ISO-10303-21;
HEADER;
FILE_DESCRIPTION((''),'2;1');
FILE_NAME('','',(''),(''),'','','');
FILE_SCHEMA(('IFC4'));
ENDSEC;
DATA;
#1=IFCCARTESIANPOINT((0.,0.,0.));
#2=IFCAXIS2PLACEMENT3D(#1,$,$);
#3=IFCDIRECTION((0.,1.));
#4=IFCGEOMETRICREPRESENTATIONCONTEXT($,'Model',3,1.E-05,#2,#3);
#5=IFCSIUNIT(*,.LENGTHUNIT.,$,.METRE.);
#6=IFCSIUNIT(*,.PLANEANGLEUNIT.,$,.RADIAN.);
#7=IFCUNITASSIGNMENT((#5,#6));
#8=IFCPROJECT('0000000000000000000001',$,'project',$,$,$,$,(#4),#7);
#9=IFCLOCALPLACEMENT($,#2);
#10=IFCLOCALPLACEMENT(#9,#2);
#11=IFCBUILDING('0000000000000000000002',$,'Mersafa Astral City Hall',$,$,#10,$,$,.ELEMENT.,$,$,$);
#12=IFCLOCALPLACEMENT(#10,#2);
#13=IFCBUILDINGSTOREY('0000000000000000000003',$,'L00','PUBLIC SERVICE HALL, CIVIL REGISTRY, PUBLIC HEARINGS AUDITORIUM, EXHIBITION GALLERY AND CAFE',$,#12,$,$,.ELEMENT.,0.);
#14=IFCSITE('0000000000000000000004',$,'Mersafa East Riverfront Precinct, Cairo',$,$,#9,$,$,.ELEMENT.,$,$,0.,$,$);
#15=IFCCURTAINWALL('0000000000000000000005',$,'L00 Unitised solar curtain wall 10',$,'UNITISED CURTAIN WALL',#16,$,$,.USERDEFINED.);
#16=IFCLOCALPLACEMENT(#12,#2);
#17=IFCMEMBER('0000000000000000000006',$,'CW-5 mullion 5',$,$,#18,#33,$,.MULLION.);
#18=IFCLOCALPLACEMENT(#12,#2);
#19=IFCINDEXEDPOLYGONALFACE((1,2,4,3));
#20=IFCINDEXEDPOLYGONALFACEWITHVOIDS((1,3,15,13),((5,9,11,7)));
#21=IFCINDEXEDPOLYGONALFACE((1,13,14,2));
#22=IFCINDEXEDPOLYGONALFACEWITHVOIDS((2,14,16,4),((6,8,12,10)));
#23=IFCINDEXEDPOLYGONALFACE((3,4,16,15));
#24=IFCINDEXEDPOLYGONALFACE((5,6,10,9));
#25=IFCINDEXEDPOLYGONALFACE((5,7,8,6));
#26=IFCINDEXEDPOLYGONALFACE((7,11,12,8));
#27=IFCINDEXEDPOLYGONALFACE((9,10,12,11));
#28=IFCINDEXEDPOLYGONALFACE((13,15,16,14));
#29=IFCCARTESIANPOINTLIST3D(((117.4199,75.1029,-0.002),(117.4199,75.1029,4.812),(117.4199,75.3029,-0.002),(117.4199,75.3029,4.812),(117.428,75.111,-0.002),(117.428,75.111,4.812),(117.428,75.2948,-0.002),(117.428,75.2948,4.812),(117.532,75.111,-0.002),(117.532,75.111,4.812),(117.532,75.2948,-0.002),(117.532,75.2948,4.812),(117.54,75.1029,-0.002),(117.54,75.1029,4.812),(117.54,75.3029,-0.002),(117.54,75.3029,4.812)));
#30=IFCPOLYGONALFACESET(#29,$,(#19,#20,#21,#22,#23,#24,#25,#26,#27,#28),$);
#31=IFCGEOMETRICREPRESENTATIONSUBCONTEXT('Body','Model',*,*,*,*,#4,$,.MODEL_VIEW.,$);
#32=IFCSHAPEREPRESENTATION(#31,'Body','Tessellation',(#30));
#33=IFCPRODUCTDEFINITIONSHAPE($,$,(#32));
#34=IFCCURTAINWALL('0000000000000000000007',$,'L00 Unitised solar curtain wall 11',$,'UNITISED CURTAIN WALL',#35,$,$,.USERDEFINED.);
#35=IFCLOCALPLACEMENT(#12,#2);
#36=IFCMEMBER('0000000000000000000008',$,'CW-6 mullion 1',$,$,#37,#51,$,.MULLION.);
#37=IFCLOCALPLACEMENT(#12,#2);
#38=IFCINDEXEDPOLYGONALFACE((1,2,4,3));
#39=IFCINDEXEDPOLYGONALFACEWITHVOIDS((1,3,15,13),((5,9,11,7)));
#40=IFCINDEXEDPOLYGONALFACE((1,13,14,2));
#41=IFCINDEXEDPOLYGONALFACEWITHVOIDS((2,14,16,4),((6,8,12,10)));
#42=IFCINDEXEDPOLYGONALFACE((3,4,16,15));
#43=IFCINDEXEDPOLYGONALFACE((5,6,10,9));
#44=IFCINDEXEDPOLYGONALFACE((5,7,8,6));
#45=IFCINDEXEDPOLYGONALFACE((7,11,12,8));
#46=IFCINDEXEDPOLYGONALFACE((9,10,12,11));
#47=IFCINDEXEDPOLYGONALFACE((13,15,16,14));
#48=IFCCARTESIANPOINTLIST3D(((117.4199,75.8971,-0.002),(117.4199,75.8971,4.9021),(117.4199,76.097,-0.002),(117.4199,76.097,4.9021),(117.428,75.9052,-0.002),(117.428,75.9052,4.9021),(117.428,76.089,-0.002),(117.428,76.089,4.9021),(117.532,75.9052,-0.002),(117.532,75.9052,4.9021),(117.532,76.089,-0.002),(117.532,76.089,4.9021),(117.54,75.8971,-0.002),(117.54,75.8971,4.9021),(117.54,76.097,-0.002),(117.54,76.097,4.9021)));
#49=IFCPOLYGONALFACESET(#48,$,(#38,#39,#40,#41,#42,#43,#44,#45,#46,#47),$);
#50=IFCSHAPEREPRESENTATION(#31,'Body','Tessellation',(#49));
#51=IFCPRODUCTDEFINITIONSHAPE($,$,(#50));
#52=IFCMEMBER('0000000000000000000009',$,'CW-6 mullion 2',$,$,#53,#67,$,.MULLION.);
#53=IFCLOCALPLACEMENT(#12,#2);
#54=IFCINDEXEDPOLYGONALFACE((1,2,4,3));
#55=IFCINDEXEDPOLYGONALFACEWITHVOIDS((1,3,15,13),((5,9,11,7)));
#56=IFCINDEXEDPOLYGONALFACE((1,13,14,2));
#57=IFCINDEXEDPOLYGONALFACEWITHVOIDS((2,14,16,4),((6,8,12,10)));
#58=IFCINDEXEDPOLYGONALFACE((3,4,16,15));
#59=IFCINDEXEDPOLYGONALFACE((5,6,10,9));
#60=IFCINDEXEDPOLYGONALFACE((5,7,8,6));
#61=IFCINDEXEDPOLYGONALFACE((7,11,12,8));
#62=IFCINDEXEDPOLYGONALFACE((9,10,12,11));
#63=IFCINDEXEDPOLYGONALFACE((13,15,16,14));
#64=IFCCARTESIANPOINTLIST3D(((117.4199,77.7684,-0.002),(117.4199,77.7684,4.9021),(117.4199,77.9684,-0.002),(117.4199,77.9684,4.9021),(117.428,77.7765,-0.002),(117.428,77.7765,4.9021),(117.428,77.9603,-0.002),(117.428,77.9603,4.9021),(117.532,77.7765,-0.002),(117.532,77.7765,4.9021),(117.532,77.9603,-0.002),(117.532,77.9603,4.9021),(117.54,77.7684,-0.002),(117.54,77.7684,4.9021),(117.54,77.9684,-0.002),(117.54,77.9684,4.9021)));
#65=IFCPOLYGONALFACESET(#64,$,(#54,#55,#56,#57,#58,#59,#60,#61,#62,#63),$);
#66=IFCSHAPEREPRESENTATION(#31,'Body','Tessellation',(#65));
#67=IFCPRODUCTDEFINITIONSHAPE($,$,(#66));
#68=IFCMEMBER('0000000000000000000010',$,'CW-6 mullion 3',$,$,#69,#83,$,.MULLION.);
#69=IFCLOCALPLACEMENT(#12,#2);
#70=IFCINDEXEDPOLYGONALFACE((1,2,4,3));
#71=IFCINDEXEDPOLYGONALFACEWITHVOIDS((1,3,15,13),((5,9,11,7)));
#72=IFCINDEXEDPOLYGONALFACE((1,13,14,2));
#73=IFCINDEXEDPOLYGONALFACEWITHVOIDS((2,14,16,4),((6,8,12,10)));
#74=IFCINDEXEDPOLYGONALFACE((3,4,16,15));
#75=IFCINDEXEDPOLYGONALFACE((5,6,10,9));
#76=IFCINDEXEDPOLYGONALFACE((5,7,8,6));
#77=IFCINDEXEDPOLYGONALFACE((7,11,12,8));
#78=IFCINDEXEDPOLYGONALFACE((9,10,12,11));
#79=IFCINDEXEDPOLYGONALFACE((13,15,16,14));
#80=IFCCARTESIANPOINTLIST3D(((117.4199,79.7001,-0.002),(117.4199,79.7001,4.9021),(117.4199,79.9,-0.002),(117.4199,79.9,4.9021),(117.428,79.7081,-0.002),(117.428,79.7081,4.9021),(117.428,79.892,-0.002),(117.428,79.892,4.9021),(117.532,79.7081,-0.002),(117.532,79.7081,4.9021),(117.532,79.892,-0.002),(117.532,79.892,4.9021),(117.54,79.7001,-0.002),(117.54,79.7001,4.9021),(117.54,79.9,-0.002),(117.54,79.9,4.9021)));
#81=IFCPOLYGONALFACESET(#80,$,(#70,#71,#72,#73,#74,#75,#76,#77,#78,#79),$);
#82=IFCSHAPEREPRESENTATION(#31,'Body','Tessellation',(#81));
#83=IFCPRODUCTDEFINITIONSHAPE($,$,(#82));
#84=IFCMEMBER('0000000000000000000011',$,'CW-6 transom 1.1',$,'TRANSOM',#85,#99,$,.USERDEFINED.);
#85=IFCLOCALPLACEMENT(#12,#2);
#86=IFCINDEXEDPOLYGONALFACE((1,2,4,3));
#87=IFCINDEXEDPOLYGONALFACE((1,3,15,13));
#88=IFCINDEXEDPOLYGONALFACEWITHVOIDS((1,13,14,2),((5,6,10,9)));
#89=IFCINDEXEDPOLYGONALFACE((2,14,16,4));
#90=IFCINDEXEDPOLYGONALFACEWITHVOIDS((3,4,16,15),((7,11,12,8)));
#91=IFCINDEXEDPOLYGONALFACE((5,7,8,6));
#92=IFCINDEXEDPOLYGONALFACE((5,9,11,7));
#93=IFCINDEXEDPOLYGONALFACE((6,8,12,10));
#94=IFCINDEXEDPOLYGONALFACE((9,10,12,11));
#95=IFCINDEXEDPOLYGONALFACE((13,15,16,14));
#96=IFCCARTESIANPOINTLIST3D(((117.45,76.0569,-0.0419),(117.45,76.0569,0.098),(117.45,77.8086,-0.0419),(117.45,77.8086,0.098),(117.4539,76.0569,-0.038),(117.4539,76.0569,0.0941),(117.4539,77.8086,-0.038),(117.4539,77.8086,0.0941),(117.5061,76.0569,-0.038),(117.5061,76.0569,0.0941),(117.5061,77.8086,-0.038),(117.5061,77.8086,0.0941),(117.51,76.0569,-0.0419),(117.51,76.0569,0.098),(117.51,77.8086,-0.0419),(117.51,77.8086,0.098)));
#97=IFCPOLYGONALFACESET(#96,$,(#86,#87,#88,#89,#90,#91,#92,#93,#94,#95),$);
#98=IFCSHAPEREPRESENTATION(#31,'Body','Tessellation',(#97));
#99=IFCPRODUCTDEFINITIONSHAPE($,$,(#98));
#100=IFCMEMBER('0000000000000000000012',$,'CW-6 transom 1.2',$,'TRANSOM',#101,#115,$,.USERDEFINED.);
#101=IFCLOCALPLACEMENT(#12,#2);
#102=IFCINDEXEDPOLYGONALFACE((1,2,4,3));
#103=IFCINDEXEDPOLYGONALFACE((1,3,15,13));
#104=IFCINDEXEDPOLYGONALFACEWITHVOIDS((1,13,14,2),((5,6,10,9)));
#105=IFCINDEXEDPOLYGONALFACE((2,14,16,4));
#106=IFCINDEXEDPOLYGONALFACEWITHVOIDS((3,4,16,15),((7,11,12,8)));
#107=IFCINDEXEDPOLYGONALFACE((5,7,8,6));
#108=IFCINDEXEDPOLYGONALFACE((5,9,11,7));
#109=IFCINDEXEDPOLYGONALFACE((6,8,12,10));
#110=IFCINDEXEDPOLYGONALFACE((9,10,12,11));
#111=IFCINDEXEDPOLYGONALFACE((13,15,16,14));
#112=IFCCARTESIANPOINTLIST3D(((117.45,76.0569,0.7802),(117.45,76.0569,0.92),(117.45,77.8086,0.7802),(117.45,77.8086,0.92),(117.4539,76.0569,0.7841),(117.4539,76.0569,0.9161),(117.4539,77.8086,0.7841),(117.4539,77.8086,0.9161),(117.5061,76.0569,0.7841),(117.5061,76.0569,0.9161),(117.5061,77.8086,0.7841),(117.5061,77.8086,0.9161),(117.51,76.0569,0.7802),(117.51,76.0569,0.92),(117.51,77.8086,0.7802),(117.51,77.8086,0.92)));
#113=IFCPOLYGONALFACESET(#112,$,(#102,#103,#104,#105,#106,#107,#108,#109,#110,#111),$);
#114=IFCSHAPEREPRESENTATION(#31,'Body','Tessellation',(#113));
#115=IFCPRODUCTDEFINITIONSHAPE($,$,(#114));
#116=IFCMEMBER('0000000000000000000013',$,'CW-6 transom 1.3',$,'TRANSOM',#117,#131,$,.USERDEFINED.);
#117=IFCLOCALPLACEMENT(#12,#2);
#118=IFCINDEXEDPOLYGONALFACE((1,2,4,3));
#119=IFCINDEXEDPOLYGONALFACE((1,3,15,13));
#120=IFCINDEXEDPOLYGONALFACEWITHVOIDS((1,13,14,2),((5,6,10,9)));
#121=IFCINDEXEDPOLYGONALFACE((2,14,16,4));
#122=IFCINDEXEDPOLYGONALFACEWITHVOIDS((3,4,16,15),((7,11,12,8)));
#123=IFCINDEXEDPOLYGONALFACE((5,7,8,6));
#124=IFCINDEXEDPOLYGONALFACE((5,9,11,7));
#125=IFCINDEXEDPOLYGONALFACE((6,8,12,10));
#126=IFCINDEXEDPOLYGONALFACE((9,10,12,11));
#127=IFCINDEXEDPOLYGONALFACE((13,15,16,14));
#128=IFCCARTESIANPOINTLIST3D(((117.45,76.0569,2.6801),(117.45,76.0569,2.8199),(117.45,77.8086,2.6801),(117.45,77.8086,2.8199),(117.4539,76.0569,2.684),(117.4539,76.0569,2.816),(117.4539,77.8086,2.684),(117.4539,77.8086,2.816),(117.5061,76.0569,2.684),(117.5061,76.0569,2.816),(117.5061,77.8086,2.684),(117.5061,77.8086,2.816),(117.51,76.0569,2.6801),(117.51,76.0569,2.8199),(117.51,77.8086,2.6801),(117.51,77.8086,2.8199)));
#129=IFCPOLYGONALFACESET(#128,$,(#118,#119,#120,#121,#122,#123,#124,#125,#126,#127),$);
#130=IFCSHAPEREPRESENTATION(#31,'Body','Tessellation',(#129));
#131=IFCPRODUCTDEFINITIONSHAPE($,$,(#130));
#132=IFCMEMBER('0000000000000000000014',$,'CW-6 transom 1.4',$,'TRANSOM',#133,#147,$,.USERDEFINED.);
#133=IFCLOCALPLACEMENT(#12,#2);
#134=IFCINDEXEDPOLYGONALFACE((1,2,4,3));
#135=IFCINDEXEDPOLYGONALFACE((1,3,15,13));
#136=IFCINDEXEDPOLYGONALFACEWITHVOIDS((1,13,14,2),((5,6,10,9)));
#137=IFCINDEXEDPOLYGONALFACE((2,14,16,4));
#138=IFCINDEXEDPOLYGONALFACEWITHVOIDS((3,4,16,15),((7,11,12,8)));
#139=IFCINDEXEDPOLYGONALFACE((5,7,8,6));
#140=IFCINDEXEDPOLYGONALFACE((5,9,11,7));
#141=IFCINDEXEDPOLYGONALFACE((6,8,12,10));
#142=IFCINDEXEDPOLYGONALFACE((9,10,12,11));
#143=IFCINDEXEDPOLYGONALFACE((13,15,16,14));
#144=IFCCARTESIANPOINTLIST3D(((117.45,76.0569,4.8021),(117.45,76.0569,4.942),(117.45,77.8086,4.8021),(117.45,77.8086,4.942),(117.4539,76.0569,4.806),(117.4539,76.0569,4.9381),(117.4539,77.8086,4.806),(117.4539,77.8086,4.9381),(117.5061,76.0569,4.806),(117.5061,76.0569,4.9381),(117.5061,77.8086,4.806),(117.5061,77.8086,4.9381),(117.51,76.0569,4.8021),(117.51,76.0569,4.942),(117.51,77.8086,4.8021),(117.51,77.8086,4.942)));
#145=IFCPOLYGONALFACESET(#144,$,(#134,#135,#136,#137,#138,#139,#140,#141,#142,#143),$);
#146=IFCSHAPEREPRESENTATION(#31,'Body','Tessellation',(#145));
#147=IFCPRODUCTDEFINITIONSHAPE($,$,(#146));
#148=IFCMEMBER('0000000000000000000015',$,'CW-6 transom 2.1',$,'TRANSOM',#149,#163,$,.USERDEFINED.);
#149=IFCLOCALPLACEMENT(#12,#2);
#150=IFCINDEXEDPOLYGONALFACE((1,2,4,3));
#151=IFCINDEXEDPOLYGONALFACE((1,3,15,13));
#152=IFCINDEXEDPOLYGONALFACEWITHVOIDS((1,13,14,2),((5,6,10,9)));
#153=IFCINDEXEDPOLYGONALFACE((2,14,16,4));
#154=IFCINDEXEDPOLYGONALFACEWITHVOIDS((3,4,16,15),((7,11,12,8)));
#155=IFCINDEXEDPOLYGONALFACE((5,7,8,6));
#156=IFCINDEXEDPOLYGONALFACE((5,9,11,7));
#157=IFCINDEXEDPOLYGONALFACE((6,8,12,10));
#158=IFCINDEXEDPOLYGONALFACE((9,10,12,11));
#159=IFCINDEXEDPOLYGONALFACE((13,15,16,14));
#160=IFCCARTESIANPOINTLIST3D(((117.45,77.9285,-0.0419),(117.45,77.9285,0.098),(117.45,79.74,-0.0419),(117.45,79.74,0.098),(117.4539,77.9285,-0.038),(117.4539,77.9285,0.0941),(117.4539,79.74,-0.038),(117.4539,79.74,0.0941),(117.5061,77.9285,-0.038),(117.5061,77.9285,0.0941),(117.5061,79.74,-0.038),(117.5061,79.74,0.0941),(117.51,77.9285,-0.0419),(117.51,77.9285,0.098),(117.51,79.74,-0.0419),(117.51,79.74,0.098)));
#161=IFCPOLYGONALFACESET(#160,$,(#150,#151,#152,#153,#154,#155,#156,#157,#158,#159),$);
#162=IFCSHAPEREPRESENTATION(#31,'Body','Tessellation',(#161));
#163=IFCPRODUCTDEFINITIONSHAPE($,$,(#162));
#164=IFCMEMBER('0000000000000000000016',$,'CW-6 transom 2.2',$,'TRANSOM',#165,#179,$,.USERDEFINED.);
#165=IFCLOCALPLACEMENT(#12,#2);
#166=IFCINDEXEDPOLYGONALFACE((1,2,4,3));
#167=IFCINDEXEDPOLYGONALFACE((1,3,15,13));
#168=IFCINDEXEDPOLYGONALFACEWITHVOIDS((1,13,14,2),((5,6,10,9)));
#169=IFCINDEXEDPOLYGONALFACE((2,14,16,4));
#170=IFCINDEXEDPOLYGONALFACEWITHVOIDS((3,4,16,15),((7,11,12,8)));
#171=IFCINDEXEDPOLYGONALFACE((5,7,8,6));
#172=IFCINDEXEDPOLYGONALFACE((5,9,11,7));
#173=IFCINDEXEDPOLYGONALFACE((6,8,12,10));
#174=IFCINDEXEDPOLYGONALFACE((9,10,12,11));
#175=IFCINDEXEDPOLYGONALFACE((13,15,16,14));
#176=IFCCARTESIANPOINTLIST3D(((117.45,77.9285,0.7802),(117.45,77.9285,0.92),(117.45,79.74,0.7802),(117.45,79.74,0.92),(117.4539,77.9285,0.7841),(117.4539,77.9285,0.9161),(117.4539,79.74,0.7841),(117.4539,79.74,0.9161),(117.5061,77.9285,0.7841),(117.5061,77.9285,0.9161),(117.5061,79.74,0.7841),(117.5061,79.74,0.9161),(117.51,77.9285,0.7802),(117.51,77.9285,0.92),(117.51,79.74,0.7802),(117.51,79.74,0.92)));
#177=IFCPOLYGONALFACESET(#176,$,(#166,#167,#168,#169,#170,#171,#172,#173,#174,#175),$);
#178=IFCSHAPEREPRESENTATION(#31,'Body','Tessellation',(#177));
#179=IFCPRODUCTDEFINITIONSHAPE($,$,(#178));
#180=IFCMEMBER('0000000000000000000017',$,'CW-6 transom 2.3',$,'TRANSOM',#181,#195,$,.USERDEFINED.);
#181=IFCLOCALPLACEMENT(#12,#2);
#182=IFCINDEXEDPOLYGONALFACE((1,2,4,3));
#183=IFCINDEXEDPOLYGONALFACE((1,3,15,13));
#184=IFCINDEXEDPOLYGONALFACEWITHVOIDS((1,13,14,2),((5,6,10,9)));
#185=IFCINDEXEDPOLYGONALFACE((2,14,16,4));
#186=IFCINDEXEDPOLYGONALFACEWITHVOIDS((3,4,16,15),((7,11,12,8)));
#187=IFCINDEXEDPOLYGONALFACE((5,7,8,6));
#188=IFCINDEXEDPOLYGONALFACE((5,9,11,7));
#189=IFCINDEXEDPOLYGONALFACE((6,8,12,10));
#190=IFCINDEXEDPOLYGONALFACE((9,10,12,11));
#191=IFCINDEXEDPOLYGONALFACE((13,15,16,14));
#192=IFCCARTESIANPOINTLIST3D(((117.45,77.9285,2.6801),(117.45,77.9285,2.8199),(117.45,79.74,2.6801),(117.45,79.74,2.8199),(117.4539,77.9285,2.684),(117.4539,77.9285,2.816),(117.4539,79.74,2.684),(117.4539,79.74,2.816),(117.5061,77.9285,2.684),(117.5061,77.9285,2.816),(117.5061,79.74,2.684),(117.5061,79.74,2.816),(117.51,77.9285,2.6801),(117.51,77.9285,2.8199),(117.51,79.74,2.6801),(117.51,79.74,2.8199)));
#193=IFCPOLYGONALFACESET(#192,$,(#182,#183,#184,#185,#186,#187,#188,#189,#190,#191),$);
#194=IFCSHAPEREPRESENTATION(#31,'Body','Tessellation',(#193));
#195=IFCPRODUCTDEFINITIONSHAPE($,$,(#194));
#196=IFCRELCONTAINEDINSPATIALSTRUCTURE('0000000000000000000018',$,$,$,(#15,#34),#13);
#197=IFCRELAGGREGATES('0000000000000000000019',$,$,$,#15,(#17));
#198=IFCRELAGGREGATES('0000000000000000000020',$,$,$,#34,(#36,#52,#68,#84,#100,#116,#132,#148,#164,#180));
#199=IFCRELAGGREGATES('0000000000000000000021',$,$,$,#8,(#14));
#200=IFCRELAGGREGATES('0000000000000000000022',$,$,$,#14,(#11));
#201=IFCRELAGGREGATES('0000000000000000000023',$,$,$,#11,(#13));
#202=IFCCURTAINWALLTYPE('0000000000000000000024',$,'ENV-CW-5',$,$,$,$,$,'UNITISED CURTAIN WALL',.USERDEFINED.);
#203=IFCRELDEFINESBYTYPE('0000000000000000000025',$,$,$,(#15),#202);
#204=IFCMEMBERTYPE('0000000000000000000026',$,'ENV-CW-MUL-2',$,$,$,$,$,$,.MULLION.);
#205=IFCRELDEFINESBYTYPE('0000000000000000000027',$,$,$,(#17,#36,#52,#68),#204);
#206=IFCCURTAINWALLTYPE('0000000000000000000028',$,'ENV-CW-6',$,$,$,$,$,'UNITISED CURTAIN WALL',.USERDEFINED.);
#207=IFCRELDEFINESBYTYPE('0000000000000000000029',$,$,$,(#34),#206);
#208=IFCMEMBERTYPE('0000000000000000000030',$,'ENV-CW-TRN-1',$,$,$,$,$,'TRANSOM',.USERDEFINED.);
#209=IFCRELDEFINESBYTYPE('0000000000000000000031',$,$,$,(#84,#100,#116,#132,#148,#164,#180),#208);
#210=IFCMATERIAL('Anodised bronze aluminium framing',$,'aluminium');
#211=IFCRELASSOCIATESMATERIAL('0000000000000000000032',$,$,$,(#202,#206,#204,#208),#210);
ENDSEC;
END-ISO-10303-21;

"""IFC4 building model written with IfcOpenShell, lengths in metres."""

from ifc_helpers import new_model, si_unit, direction, frame, origin, origin_2d, place, context, subcontext, project, spatial, hollow_rectangle, extrude, material, material_profile, profile_set, type_object, element, aggregate, save


model = new_model("IFC4")

# Units and contexts
model_context = context("Model", 3, precision=1e-05, world=origin(), true_north=direction((0.0, 1.0)))
body_context = subcontext(model_context, "Body", "Model", "MODEL_VIEW")
ifc_project = project(units=[si_unit("LENGTHUNIT", "METRE"), si_unit("PLANEANGLEUNIT", "RADIAN")], contexts=[model_context])

# Site, building, storey
site_placement = place(None, origin())
site = spatial("IfcSite", under=ifc_project, at=site_placement, Name="Mersafa East Riverfront Precinct, Cairo", CompositionType="ELEMENT", RefElevation=0.0)
building_placement = place(site_placement, origin())
building = spatial("IfcBuilding", under=site, at=building_placement, Name="Mersafa Astral City Hall", CompositionType="ELEMENT")
storey_placement = place(building_placement, origin())
storey = spatial("IfcBuildingStorey", under=building, at=storey_placement, Name="L00", Description="PUBLIC SERVICE HALL, CIVIL REGISTRY, PUBLIC HEARINGS AUDITORIUM, EXHIBITION GALLERY AND CAFE", CompositionType="ELEMENT", Elevation=0.0)

# Curtain wall, member
ifc_material_1 = material(Name="Anodised bronze aluminium framing", Category="aluminium")
curtain_wall_type_1 = type_object("IfcCurtainWallType", Name="ENV-CW-5", ElementType="UNITISED CURTAIN WALL", PredefinedType="USERDEFINED", material=ifc_material_1)
curtain_wall_1_placement = place(storey_placement, origin())
curtain_wall_1 = element("IfcCurtainWall", 1, at=curtain_wall_1_placement, inside=storey, type_object=curtain_wall_type_1, Name="L00 Unitised solar curtain wall 10", ObjectType="UNITISED CURTAIN WALL", PredefinedType="USERDEFINED")
ifc_material_profile_1 = material_profile(ifc_material_1, hollow_rectangle(XDim=0.1201, YDim=0.2, WallThickness=0.0081, at=origin_2d()), Name="RHS 120x200x8")
ifc_profile_set_1 = profile_set([ifc_material_profile_1], Name="Anodised bronze aluminium framing")
member_type_1 = type_object("IfcMemberType", Name="ENV-CW-MUL-2", PredefinedType="MULLION", material=ifc_profile_set_1)
member_1_placement = place(storey_placement, frame((117.48, 75.2029, -0.002), z_axis=(0.0, 0.0, 1.0), x_axis=(-1.0, 0.0, 0.0)))
member_1 = element("IfcMember", 2, at=member_1_placement, type_object=member_type_1, Name="CW-5 mullion 5", PredefinedType="MULLION", context=body_context, shape_type="SweptSolid", body=[
    extrude(hollow_rectangle(XDim=0.1201, YDim=0.2, WallThickness=0.0081, at=origin_2d()), origin(), (0.0, 0.0, 1.0), 4.814),
])

# Curtain wall, members
curtain_wall_type_2 = type_object("IfcCurtainWallType", Name="ENV-CW-6", ElementType="UNITISED CURTAIN WALL", PredefinedType="USERDEFINED", material=ifc_material_1)
curtain_wall_2_placement = place(storey_placement, origin())
curtain_wall_2 = element("IfcCurtainWall", 3, at=curtain_wall_2_placement, inside=storey, type_object=curtain_wall_type_2, Name="L00 Unitised solar curtain wall 11", ObjectType="UNITISED CURTAIN WALL", PredefinedType="USERDEFINED")
member_2_placement = place(storey_placement, frame((117.48, 75.9971, -0.002), z_axis=(0.0, 0.0, 1.0), x_axis=(-1.0, 0.0, 0.0)))
member_2 = element("IfcMember", 4, at=member_2_placement, type_object=member_type_1, Name="CW-6 mullion 1", PredefinedType="MULLION", context=body_context, shape_type="SweptSolid", body=[
    extrude(hollow_rectangle(XDim=0.1201, YDim=0.2, WallThickness=0.0081, at=origin_2d()), origin(), (0.0, 0.0, 1.0), 4.9041),
])
member_3_placement = place(storey_placement, frame((117.48, 77.8684, -0.002), z_axis=(0.0, 0.0, 1.0), x_axis=(-1.0, 0.0, 0.0)))
member_3 = element("IfcMember", 5, at=member_3_placement, type_object=member_type_1, Name="CW-6 mullion 2", PredefinedType="MULLION", context=body_context, shape_type="SweptSolid", body=[
    extrude(hollow_rectangle(XDim=0.1201, YDim=0.2, WallThickness=0.0081, at=origin_2d()), origin(), (0.0, 0.0, 1.0), 4.9041),
])
member_4_placement = place(storey_placement, frame((117.48, 79.8, -0.002), z_axis=(0.0, 0.0, 1.0), x_axis=(-1.0, 0.0, 0.0)))
member_4 = element("IfcMember", 6, at=member_4_placement, type_object=member_type_1, Name="CW-6 mullion 3", PredefinedType="MULLION", context=body_context, shape_type="SweptSolid", body=[
    extrude(hollow_rectangle(XDim=0.1201, YDim=0.2, WallThickness=0.0081, at=origin_2d()), origin(), (0.0, 0.0, 1.0), 4.9041),
])
ifc_material_profile_2 = material_profile(ifc_material_1, hollow_rectangle(XDim=0.0601, YDim=0.1399, WallThickness=0.0039, at=origin_2d()), Name="RHS 60x140x4")
ifc_profile_set_2 = profile_set([ifc_material_profile_2], Name="Anodised bronze aluminium framing")
member_type_2 = type_object("IfcMemberType", Name="ENV-CW-TRN-1", ElementType="TRANSOM", PredefinedType="USERDEFINED", material=ifc_profile_set_2)
member_5_placement = place(storey_placement, frame((117.48, 76.0569, 0.0281), z_axis=(0.0, 1.0, 0.0), x_axis=(-1.0, 0.0, 0.0)))
member_5 = element("IfcMember", 7, at=member_5_placement, type_object=member_type_2, Name="CW-6 transom 1.1", ObjectType="TRANSOM", PredefinedType="USERDEFINED", context=body_context, shape_type="SweptSolid", body=[
    extrude(hollow_rectangle(XDim=0.0601, YDim=0.1399, WallThickness=0.0039, at=origin_2d()), origin(), (0.0, 0.0, 1.0), 1.7517),
])
member_6_placement = place(storey_placement, frame((117.48, 76.0569, 0.8501), z_axis=(0.0, 1.0, 0.0), x_axis=(-1.0, 0.0, 0.0)))
member_6 = element("IfcMember", 8, at=member_6_placement, type_object=member_type_2, Name="CW-6 transom 1.2", ObjectType="TRANSOM", PredefinedType="USERDEFINED", context=body_context, shape_type="SweptSolid", body=[
    extrude(hollow_rectangle(XDim=0.0601, YDim=0.1399, WallThickness=0.0039, at=origin_2d()), origin(), (0.0, 0.0, 1.0), 1.7517),
])
member_7_placement = place(storey_placement, frame((117.48, 76.0569, 2.75), z_axis=(0.0, 1.0, 0.0), x_axis=(-1.0, 0.0, 0.0)))
member_7 = element("IfcMember", 9, at=member_7_placement, type_object=member_type_2, Name="CW-6 transom 1.3", ObjectType="TRANSOM", PredefinedType="USERDEFINED", context=body_context, shape_type="SweptSolid", body=[
    extrude(hollow_rectangle(XDim=0.0601, YDim=0.1399, WallThickness=0.0039, at=origin_2d()), origin(), (0.0, 0.0, 1.0), 1.7517),
])
member_8_placement = place(storey_placement, frame((117.48, 76.0569, 4.8721), z_axis=(0.0, 1.0, 0.0), x_axis=(-1.0, 0.0, 0.0)))
member_8 = element("IfcMember", 10, at=member_8_placement, type_object=member_type_2, Name="CW-6 transom 1.4", ObjectType="TRANSOM", PredefinedType="USERDEFINED", context=body_context, shape_type="SweptSolid", body=[
    extrude(hollow_rectangle(XDim=0.0601, YDim=0.1399, WallThickness=0.0039, at=origin_2d()), origin(), (0.0, 0.0, 1.0), 1.7517),
])
member_9_placement = place(storey_placement, frame((117.48, 77.9285, 0.0281), z_axis=(0.0, 1.0, 0.0), x_axis=(-1.0, 0.0, 0.0)))
member_9 = element("IfcMember", 11, at=member_9_placement, type_object=member_type_2, Name="CW-6 transom 2.1", ObjectType="TRANSOM", PredefinedType="USERDEFINED", context=body_context, shape_type="SweptSolid", body=[
    extrude(hollow_rectangle(XDim=0.0601, YDim=0.1399, WallThickness=0.0039, at=origin_2d()), origin(), (0.0, 0.0, 1.0), 1.8115),
])
member_10_placement = place(storey_placement, frame((117.48, 77.9285, 0.8501), z_axis=(0.0, 1.0, 0.0), x_axis=(-1.0, 0.0, 0.0)))
member_10 = element("IfcMember", 12, at=member_10_placement, type_object=member_type_2, Name="CW-6 transom 2.2", ObjectType="TRANSOM", PredefinedType="USERDEFINED", context=body_context, shape_type="SweptSolid", body=[
    extrude(hollow_rectangle(XDim=0.0601, YDim=0.1399, WallThickness=0.0039, at=origin_2d()), origin(), (0.0, 0.0, 1.0), 1.8115),
])
member_11_placement = place(storey_placement, frame((117.48, 77.9285, 2.75), z_axis=(0.0, 1.0, 0.0), x_axis=(-1.0, 0.0, 0.0)))
member_11 = element("IfcMember", 13, at=member_11_placement, type_object=member_type_2, Name="CW-6 transom 2.3", ObjectType="TRANSOM", PredefinedType="USERDEFINED", context=body_context, shape_type="SweptSolid", body=[
    extrude(hollow_rectangle(XDim=0.0601, YDim=0.1399, WallThickness=0.0039, at=origin_2d()), origin(), (0.0, 0.0, 1.0), 1.8115),
])

aggregate(curtain_wall_1, [member_1])
aggregate(curtain_wall_2, [member_2, member_3, member_4, member_5, member_6, member_7, member_8, member_9, member_10, member_11])

save(model, "model.ifc")
